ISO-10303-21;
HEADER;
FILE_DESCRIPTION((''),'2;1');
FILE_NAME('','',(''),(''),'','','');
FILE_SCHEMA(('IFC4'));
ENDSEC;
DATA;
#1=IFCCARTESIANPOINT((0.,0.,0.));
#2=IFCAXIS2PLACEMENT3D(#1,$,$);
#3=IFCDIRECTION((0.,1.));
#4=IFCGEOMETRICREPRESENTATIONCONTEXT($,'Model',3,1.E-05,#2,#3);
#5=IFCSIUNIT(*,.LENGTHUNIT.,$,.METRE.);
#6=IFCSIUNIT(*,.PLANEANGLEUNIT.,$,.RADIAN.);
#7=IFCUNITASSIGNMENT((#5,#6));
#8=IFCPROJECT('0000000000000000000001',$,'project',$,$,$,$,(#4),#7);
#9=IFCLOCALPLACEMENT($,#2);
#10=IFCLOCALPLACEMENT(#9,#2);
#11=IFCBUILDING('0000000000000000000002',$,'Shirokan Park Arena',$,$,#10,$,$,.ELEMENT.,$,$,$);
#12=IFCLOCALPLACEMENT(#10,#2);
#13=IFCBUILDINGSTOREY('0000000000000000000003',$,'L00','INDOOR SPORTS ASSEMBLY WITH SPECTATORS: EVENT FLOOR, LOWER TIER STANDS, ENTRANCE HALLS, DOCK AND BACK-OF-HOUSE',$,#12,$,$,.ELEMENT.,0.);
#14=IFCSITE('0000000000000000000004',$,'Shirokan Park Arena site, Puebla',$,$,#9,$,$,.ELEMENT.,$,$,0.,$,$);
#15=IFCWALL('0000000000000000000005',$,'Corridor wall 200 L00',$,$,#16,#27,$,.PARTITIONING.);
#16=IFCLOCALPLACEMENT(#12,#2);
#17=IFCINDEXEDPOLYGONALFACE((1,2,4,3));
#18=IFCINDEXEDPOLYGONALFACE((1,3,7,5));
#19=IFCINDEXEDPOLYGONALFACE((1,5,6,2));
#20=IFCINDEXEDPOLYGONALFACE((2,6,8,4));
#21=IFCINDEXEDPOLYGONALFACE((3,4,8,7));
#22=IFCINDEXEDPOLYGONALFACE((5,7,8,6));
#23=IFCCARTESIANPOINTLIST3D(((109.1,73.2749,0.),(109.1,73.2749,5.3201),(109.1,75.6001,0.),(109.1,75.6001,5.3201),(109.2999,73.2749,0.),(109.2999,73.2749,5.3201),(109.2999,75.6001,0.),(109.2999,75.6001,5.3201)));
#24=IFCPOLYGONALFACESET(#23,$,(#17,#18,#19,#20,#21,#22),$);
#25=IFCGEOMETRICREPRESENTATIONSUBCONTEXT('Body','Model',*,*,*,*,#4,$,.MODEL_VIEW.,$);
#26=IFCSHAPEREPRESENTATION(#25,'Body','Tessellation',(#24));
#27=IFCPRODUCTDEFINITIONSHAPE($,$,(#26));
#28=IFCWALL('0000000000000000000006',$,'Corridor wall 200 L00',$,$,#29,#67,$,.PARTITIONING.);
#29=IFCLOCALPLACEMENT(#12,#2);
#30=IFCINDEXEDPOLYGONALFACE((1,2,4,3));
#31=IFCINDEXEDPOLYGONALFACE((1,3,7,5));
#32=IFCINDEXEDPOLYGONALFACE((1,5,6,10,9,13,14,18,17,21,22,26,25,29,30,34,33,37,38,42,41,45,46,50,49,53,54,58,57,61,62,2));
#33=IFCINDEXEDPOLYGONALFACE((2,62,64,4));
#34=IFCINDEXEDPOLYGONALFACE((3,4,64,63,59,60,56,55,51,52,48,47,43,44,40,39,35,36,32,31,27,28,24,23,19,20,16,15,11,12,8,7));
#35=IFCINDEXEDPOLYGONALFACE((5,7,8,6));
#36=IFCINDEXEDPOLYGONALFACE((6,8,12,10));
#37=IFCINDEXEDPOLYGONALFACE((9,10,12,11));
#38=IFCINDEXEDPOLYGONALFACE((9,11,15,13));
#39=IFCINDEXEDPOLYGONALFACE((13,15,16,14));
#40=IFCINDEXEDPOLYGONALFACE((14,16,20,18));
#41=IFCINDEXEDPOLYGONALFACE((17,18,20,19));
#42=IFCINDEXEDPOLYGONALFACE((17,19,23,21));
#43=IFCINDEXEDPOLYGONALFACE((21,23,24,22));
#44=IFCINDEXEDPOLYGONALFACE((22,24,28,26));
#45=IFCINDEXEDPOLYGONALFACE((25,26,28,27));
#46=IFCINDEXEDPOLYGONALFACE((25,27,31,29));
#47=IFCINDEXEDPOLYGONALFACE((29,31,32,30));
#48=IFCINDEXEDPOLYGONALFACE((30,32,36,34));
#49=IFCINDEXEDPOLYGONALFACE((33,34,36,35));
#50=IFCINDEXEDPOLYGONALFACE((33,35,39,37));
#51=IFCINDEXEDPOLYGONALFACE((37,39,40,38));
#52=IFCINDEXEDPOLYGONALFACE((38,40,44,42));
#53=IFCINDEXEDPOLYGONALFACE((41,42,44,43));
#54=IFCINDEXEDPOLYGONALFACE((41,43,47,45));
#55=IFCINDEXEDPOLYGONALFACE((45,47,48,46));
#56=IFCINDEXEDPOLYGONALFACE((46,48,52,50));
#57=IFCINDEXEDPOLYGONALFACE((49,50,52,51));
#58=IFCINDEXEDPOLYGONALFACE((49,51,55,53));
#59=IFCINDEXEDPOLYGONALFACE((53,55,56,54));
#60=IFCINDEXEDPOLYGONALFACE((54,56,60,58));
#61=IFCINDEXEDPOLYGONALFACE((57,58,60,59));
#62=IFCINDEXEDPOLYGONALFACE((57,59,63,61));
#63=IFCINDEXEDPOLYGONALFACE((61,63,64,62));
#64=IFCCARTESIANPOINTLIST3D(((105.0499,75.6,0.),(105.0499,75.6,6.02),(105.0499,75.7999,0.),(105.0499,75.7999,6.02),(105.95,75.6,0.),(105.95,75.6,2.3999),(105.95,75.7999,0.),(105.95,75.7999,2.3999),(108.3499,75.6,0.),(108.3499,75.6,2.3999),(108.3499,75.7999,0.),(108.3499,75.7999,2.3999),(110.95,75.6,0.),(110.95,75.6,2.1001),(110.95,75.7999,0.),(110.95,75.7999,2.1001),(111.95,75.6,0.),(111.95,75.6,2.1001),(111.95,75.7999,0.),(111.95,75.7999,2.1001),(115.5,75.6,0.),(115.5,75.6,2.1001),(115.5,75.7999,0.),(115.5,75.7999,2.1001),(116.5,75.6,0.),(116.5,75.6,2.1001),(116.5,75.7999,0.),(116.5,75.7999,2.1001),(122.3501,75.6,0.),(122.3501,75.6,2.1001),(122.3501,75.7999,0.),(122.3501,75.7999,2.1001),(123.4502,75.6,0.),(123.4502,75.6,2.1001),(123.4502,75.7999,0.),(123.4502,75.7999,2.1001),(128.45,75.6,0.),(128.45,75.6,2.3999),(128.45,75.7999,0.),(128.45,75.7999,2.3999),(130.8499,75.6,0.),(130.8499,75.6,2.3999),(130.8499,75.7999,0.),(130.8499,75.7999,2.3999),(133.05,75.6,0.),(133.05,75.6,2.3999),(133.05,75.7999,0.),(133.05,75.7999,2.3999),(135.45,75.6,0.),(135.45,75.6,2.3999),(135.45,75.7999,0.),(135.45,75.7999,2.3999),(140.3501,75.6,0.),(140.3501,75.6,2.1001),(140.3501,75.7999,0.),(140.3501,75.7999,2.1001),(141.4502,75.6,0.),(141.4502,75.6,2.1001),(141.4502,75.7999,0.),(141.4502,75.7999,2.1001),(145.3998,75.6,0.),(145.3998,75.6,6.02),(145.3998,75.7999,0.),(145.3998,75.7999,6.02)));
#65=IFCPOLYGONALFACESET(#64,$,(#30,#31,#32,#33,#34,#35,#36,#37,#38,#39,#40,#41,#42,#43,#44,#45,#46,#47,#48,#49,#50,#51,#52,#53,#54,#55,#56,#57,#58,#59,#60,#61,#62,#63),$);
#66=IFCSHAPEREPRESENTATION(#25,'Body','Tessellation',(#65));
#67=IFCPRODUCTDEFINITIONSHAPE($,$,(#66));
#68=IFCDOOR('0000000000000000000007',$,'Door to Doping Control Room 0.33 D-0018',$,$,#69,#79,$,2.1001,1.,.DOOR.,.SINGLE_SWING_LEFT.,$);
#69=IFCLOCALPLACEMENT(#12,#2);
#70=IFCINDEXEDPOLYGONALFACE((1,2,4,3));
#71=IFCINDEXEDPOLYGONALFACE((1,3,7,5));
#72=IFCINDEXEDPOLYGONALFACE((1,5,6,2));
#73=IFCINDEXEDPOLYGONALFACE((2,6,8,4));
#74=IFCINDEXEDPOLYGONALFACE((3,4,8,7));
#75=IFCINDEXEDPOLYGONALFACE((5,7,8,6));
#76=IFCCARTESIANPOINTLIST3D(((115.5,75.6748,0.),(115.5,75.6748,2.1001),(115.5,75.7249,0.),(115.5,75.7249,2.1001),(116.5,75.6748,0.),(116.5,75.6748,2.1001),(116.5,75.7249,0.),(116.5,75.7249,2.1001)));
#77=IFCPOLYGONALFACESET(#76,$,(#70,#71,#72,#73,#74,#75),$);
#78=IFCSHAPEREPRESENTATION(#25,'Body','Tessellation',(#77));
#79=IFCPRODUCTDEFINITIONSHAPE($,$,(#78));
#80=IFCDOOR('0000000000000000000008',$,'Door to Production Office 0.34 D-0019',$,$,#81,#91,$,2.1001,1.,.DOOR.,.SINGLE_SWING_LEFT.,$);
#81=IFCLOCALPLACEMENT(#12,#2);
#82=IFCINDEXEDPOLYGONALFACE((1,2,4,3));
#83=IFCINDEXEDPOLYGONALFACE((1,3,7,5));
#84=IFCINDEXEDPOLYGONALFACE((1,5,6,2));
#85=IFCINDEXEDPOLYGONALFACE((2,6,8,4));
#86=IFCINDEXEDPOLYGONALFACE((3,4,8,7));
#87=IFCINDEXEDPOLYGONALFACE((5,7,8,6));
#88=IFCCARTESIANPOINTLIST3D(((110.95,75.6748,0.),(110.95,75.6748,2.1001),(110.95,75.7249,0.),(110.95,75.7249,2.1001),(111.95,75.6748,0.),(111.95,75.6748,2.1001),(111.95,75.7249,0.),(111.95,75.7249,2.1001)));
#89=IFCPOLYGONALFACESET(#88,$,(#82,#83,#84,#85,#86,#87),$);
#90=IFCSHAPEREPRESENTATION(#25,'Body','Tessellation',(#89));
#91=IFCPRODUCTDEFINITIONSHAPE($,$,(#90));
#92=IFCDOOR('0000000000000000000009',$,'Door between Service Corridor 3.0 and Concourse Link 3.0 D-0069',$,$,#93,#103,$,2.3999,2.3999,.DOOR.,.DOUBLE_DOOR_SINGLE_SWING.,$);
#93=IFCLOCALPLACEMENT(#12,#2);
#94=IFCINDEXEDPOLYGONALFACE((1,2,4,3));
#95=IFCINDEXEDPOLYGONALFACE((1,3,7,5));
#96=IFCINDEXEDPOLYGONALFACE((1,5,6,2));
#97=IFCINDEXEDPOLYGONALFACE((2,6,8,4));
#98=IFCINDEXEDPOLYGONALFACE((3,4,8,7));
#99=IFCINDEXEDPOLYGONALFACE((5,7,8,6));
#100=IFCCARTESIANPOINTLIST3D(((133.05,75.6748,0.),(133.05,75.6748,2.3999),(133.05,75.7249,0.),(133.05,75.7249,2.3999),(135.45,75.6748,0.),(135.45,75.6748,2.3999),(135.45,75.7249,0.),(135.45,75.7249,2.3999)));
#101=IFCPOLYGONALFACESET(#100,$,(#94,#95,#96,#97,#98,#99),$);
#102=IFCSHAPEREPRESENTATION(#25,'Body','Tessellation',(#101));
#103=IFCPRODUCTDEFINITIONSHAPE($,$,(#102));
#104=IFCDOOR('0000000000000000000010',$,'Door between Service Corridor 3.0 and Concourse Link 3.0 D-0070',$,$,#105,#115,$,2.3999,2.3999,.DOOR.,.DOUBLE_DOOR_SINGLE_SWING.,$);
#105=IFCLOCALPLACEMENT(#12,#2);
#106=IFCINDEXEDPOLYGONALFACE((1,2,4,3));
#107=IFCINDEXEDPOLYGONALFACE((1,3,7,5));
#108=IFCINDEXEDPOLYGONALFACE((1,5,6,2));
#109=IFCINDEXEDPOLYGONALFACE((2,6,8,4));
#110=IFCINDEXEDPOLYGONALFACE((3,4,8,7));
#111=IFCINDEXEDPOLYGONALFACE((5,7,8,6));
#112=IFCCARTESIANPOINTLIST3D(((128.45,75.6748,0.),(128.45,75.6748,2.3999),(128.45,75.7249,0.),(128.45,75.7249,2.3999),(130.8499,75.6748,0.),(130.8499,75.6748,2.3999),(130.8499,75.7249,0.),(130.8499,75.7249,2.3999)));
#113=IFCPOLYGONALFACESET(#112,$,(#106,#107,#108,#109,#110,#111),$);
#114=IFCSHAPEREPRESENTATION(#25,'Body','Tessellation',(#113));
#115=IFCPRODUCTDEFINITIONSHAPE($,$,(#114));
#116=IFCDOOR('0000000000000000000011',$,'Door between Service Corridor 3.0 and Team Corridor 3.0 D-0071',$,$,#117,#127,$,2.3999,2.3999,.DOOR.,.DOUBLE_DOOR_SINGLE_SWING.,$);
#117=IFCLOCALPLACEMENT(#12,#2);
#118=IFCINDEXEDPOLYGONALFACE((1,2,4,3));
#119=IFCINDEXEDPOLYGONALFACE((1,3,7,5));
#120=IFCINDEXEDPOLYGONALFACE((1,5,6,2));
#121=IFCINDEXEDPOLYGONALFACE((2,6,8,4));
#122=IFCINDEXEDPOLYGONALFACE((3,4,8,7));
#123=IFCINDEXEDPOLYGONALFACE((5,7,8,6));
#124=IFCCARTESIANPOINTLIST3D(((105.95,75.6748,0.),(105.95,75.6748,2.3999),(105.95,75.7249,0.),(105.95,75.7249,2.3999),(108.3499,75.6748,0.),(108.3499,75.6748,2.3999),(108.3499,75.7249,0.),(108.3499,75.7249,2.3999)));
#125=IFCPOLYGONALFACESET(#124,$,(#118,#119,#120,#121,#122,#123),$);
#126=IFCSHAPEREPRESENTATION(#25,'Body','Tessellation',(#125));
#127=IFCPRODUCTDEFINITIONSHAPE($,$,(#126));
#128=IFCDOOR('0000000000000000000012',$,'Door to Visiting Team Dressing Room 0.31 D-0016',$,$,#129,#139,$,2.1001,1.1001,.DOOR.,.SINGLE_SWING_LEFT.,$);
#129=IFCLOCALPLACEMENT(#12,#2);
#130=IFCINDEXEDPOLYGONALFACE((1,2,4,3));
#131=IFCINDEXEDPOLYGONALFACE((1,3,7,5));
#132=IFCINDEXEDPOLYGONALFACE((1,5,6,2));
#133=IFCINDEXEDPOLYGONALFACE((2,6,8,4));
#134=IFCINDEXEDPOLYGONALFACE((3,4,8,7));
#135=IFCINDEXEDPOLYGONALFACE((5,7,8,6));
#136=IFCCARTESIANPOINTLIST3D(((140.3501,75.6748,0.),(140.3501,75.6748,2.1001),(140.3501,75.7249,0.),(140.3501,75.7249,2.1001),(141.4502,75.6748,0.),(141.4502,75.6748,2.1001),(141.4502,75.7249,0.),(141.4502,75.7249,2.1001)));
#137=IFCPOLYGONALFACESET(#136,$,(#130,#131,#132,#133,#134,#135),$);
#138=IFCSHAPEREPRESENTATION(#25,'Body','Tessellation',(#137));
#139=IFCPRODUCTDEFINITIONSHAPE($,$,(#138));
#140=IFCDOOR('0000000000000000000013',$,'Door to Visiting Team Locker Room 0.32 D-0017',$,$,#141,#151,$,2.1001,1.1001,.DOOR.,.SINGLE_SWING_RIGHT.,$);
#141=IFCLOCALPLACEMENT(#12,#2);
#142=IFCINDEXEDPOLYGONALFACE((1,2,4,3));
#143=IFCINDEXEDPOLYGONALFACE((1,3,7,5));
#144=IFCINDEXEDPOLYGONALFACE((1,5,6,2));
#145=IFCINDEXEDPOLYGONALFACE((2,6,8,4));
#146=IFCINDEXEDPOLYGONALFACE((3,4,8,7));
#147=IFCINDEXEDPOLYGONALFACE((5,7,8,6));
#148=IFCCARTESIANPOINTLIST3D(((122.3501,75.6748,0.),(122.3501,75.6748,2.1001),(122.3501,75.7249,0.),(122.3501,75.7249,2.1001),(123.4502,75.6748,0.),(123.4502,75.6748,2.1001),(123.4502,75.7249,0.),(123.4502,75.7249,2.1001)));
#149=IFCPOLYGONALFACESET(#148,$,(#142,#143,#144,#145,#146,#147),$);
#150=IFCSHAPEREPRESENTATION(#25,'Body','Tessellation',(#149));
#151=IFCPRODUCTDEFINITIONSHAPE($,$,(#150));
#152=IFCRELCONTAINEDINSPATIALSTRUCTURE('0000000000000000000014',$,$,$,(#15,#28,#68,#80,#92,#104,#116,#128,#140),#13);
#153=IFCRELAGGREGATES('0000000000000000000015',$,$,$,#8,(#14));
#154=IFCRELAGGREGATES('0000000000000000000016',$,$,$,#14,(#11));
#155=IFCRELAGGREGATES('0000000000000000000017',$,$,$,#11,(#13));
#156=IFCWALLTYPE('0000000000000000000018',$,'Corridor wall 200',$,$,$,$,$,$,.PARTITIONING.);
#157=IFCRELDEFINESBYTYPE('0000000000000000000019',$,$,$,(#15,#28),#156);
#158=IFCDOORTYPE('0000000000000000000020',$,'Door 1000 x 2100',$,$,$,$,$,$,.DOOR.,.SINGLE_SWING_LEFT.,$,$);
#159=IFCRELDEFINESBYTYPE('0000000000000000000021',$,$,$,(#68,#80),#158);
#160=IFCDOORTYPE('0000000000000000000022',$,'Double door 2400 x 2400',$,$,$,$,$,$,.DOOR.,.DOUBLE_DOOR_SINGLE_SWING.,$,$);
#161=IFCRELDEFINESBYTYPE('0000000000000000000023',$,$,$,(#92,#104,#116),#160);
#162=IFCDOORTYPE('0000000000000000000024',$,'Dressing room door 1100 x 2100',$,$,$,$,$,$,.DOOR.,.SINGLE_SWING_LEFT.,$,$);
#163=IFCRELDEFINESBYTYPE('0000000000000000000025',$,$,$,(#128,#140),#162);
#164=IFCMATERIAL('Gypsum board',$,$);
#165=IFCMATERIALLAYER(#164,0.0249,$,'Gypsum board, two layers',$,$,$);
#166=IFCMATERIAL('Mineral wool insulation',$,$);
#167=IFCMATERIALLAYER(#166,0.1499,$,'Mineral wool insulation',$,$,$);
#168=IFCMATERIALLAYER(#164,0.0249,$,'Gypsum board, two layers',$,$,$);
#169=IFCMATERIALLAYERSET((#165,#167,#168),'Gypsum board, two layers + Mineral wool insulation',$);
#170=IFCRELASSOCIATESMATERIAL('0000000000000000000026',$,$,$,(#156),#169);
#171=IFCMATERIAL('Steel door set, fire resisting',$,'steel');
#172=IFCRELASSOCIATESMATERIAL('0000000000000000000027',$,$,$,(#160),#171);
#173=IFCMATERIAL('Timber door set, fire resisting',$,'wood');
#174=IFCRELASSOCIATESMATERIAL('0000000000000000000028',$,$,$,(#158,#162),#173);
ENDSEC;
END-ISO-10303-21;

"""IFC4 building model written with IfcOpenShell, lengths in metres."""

from ifc_helpers import new_model, si_unit, direction, frame, frame_2d, origin, place, context, subcontext, project, spatial, rectangle, extrude, material, layer, layer_set, type_object, element, fill, save


model = new_model("IFC4")

# Units and contexts
model_context = context("Model", 3, precision=1e-05, world=origin(), true_north=direction((0.0, 1.0)))
body_context = subcontext(model_context, "Body", "Model", "MODEL_VIEW")
ifc_project = project(units=[si_unit("LENGTHUNIT", "METRE"), si_unit("PLANEANGLEUNIT", "RADIAN")], contexts=[model_context])

# Site, building, storey
site_placement = place(None, origin())
site = spatial("IfcSite", under=ifc_project, at=site_placement, Name="Shirokan Park Arena site, Puebla", CompositionType="ELEMENT", RefElevation=0.0)
building_placement = place(site_placement, origin())
building = spatial("IfcBuilding", under=site, at=building_placement, Name="Shirokan Park Arena", CompositionType="ELEMENT")
storey_placement = place(building_placement, origin())
storey = spatial("IfcBuildingStorey", under=building, at=storey_placement, Name="L00", Description="INDOOR SPORTS ASSEMBLY WITH SPECTATORS: EVENT FLOOR, LOWER TIER STANDS, ENTRANCE HALLS, DOCK AND BACK-OF-HOUSE", CompositionType="ELEMENT", Elevation=0.0)

# Shared definitions
ifc_material_1 = material(Name="Gypsum board")
ifc_layer_1 = layer(ifc_material_1, 0.0249, Name="Gypsum board, two layers")
ifc_material_2 = material(Name="Mineral wool insulation")
ifc_layer_2 = layer(ifc_material_2, 0.1499, Name="Mineral wool insulation")
ifc_layer_3 = layer(ifc_material_1, 0.0249, Name="Gypsum board, two layers")
ifc_layer_set_1 = layer_set([ifc_layer_1, ifc_layer_2, ifc_layer_3], Name="Gypsum board, two layers + Mineral wool insulation")
wall_type_1 = type_object("IfcWallType", Name="Corridor wall 200", PredefinedType="PARTITIONING", material=ifc_layer_set_1)
ifc_material_3 = material(Name="Steel door set, fire resisting", Category="steel")
door_type_1 = type_object("IfcDoorType", Name="Double door 2400 x 2400", OperationType="DOUBLE_DOOR_SINGLE_SWING", PredefinedType="DOOR", material=ifc_material_3)

# Wall
wall_1_placement = place(storey_placement, frame((109.2, 73.2749, 0.0), z_axis=(0.0, 0.0, 1.0), x_axis=(0.0, 1.0, 0.0)))
element("IfcWall", 1, at=wall_1_placement, inside=storey, type_object=wall_type_1, Name="Corridor wall 200 L00", PredefinedType="PARTITIONING", context=body_context, shape_type="SweptSolid", body=[
    extrude(rectangle(XDim=2.3252, YDim=0.2, at=frame_2d((1.1626, 0.0))), origin(), (0.0, 0.0, 1.0), 5.3201),
])

# Wall, openings, doors
wall_2_placement = place(storey_placement, frame((105.05, 75.7, 0.0), z_axis=(0.0, 0.0, 1.0), x_axis=(1.0, 0.0, 0.0)))
wall_2 = element("IfcWall", 2, at=wall_2_placement, inside=storey, type_object=wall_type_1, Name="Corridor wall 200 L00", PredefinedType="PARTITIONING", context=body_context, shape_type="SweptSolid", body=[
    extrude(rectangle(XDim=40.3499, YDim=0.2, at=frame_2d((20.1748, 0.0))), origin(), (0.0, 0.0, 1.0), 6.02),
])
opening_1_placement = place(wall_2_placement, frame((35.3, 0.0, 0.0)))
opening_1 = element("IfcOpeningElement", 3, at=opening_1_placement, cuts=wall_2, PredefinedType="OPENING", context=body_context, shape_type="SweptSolid", body=[
    extrude(rectangle(XDim=1.1001, YDim=2.1001, at=frame_2d((0.55, 1.05))), frame((0.0, 0.1099, 0.0), z_axis=(0.0, -1.0, 0.0), x_axis=(1.0, 0.0, 0.0)), (0.0, 0.0, 1.0), 0.22),
])
opening_2_placement = place(wall_2_placement, frame((17.3, 0.0, 0.0)))
opening_2 = element("IfcOpeningElement", 4, at=opening_2_placement, cuts=wall_2, PredefinedType="OPENING", context=body_context, shape_type="SweptSolid", body=[
    extrude(rectangle(XDim=1.1001, YDim=2.1001, at=frame_2d((0.55, 1.05))), frame((0.0, 0.1099, 0.0), z_axis=(0.0, -1.0, 0.0), x_axis=(1.0, 0.0, 0.0)), (0.0, 0.0, 1.0), 0.22),
])
opening_3_placement = place(wall_2_placement, frame((10.45, 0.0, 0.0)))
opening_3 = element("IfcOpeningElement", 5, at=opening_3_placement, cuts=wall_2, PredefinedType="OPENING", context=body_context, shape_type="SweptSolid", body=[
    extrude(rectangle(XDim=1.0, YDim=2.1001, at=frame_2d((0.5, 1.05))), frame((0.0, 0.1099, 0.0), z_axis=(0.0, -1.0, 0.0), x_axis=(1.0, 0.0, 0.0)), (0.0, 0.0, 1.0), 0.22),
])
opening_4_placement = place(wall_2_placement, frame((5.8999, 0.0, 0.0)))
opening_4 = element("IfcOpeningElement", 6, at=opening_4_placement, cuts=wall_2, PredefinedType="OPENING", context=body_context, shape_type="SweptSolid", body=[
    extrude(rectangle(XDim=1.0, YDim=2.1001, at=frame_2d((0.5, 1.05))), frame((0.0, 0.1099, 0.0), z_axis=(0.0, -1.0, 0.0), x_axis=(1.0, 0.0, 0.0)), (0.0, 0.0, 1.0), 0.22),
])
opening_5_placement = place(wall_2_placement, frame((28.0, 0.0, 0.0)))
opening_5 = element("IfcOpeningElement", 7, at=opening_5_placement, cuts=wall_2, PredefinedType="OPENING", context=body_context, shape_type="SweptSolid", body=[
    extrude(rectangle(XDim=2.3999, YDim=2.3999, at=frame_2d((1.2, 1.2))), frame((0.0, 0.1099, 0.0), z_axis=(0.0, -1.0, 0.0), x_axis=(1.0, 0.0, 0.0)), (0.0, 0.0, 1.0), 0.22),
])
opening_6_placement = place(wall_2_placement, frame((23.3999, 0.0, 0.0)))
opening_6 = element("IfcOpeningElement", 8, at=opening_6_placement, cuts=wall_2, PredefinedType="OPENING", context=body_context, shape_type="SweptSolid", body=[
    extrude(rectangle(XDim=2.3999, YDim=2.3999, at=frame_2d((1.2, 1.2))), frame((0.0, 0.1099, 0.0), z_axis=(0.0, -1.0, 0.0), x_axis=(1.0, 0.0, 0.0)), (0.0, 0.0, 1.0), 0.22),
])
opening_7_placement = place(wall_2_placement, frame((0.8999, 0.0, 0.0)))
opening_7 = element("IfcOpeningElement", 9, at=opening_7_placement, cuts=wall_2, PredefinedType="OPENING", context=body_context, shape_type="SweptSolid", body=[
    extrude(rectangle(XDim=2.3999, YDim=2.3999, at=frame_2d((1.2, 1.2))), frame((0.0, 0.1099, 0.0), z_axis=(0.0, -1.0, 0.0), x_axis=(1.0, 0.0, 0.0)), (0.0, 0.0, 1.0), 0.22),
])
ifc_material_4 = material(Name="Timber door set, fire resisting", Category="wood")
door_type_2 = type_object("IfcDoorType", Name="Door 1000 x 2100", OperationType="SINGLE_SWING_LEFT", PredefinedType="DOOR", material=ifc_material_4)
door_1_placement = place(opening_3_placement, origin())
door_1 = element("IfcDoor", 10, at=door_1_placement, inside=storey, type_object=door_type_2, Name="Door to Doping Control Room 0.33 D-0018", OperationType="SINGLE_SWING_LEFT", OverallHeight=2.1001, OverallWidth=1.0, PredefinedType="DOOR", context=body_context, shape_type="SweptSolid", body=[
    extrude(rectangle(XDim=1.0, YDim=2.1001, at=frame_2d((0.5, 1.05))), frame((0.0, 0.0249, 0.0), z_axis=(0.0, -1.0, 0.0), x_axis=(1.0, 0.0, 0.0)), (0.0, 0.0, 1.0), 0.05),
])
fill(opening_3, door_1)
door_2_placement = place(opening_4_placement, origin())
door_2 = element("IfcDoor", 11, at=door_2_placement, inside=storey, type_object=door_type_2, Name="Door to Production Office 0.34 D-0019", OperationType="SINGLE_SWING_LEFT", OverallHeight=2.1001, OverallWidth=1.0, PredefinedType="DOOR", context=body_context, shape_type="SweptSolid", body=[
    extrude(rectangle(XDim=1.0, YDim=2.1001, at=frame_2d((0.5, 1.05))), frame((0.0, 0.0249, 0.0), z_axis=(0.0, -1.0, 0.0), x_axis=(1.0, 0.0, 0.0)), (0.0, 0.0, 1.0), 0.05),
])
fill(opening_4, door_2)
door_3_placement = place(opening_5_placement, origin())
door_3 = element("IfcDoor", 12, at=door_3_placement, inside=storey, type_object=door_type_1, Name="Door between Service Corridor 3.0 and Concourse Link 3.0 D-0069", OperationType="DOUBLE_DOOR_SINGLE_SWING", OverallHeight=2.3999, OverallWidth=2.3999, PredefinedType="DOOR", context=body_context, shape_type="SweptSolid", body=[
    extrude(rectangle(XDim=2.3999, YDim=2.3999, at=frame_2d((1.2, 1.2))), frame((0.0, 0.0249, 0.0), z_axis=(0.0, -1.0, 0.0), x_axis=(1.0, 0.0, 0.0)), (0.0, 0.0, 1.0), 0.05),
])
fill(opening_5, door_3)
door_4_placement = place(opening_6_placement, origin())
door_4 = element("IfcDoor", 13, at=door_4_placement, inside=storey, type_object=door_type_1, Name="Door between Service Corridor 3.0 and Concourse Link 3.0 D-0070", OperationType="DOUBLE_DOOR_SINGLE_SWING", OverallHeight=2.3999, OverallWidth=2.3999, PredefinedType="DOOR", context=body_context, shape_type="SweptSolid", body=[
    extrude(rectangle(XDim=2.3999, YDim=2.3999, at=frame_2d((1.2, 1.2))), frame((0.0, 0.0249, 0.0), z_axis=(0.0, -1.0, 0.0), x_axis=(1.0, 0.0, 0.0)), (0.0, 0.0, 1.0), 0.05),
])
fill(opening_6, door_4)
door_5_placement = place(opening_7_placement, origin())
door_5 = element("IfcDoor", 14, at=door_5_placement, inside=storey, type_object=door_type_1, Name="Door between Service Corridor 3.0 and Team Corridor 3.0 D-0071", OperationType="DOUBLE_DOOR_SINGLE_SWING", OverallHeight=2.3999, OverallWidth=2.3999, PredefinedType="DOOR", context=body_context, shape_type="SweptSolid", body=[
    extrude(rectangle(XDim=2.3999, YDim=2.3999, at=frame_2d((1.2, 1.2))), frame((0.0, 0.0249, 0.0), z_axis=(0.0, -1.0, 0.0), x_axis=(1.0, 0.0, 0.0)), (0.0, 0.0, 1.0), 0.05),
])
fill(opening_7, door_5)
door_type_3 = type_object("IfcDoorType", Name="Dressing room door 1100 x 2100", OperationType="SINGLE_SWING_LEFT", PredefinedType="DOOR", material=ifc_material_4)
door_6_placement = place(opening_1_placement, origin())
door_6 = element("IfcDoor", 15, at=door_6_placement, inside=storey, type_object=door_type_3, Name="Door to Visiting Team Dressing Room 0.31 D-0016", OperationType="SINGLE_SWING_LEFT", OverallHeight=2.1001, OverallWidth=1.1001, PredefinedType="DOOR", context=body_context, shape_type="SweptSolid", body=[
    extrude(rectangle(XDim=1.1001, YDim=2.1001, at=frame_2d((0.55, 1.05))), frame((0.0, 0.0249, 0.0), z_axis=(0.0, -1.0, 0.0), x_axis=(1.0, 0.0, 0.0)), (0.0, 0.0, 1.0), 0.05),
])
fill(opening_1, door_6)
door_7_placement = place(opening_2_placement, origin())
door_7 = element("IfcDoor", 16, at=door_7_placement, inside=storey, type_object=door_type_3, Name="Door to Visiting Team Locker Room 0.32 D-0017", OperationType="SINGLE_SWING_RIGHT", OverallHeight=2.1001, OverallWidth=1.1001, PredefinedType="DOOR", context=body_context, shape_type="SweptSolid", body=[
    extrude(rectangle(XDim=1.1001, YDim=2.1001, at=frame_2d((0.55, 1.05))), frame((0.0, 0.0249, 0.0), z_axis=(0.0, -1.0, 0.0), x_axis=(1.0, 0.0, 0.0)), (0.0, 0.0, 1.0), 0.05),
])
fill(opening_2, door_7)

save(model, "model.ifc")
